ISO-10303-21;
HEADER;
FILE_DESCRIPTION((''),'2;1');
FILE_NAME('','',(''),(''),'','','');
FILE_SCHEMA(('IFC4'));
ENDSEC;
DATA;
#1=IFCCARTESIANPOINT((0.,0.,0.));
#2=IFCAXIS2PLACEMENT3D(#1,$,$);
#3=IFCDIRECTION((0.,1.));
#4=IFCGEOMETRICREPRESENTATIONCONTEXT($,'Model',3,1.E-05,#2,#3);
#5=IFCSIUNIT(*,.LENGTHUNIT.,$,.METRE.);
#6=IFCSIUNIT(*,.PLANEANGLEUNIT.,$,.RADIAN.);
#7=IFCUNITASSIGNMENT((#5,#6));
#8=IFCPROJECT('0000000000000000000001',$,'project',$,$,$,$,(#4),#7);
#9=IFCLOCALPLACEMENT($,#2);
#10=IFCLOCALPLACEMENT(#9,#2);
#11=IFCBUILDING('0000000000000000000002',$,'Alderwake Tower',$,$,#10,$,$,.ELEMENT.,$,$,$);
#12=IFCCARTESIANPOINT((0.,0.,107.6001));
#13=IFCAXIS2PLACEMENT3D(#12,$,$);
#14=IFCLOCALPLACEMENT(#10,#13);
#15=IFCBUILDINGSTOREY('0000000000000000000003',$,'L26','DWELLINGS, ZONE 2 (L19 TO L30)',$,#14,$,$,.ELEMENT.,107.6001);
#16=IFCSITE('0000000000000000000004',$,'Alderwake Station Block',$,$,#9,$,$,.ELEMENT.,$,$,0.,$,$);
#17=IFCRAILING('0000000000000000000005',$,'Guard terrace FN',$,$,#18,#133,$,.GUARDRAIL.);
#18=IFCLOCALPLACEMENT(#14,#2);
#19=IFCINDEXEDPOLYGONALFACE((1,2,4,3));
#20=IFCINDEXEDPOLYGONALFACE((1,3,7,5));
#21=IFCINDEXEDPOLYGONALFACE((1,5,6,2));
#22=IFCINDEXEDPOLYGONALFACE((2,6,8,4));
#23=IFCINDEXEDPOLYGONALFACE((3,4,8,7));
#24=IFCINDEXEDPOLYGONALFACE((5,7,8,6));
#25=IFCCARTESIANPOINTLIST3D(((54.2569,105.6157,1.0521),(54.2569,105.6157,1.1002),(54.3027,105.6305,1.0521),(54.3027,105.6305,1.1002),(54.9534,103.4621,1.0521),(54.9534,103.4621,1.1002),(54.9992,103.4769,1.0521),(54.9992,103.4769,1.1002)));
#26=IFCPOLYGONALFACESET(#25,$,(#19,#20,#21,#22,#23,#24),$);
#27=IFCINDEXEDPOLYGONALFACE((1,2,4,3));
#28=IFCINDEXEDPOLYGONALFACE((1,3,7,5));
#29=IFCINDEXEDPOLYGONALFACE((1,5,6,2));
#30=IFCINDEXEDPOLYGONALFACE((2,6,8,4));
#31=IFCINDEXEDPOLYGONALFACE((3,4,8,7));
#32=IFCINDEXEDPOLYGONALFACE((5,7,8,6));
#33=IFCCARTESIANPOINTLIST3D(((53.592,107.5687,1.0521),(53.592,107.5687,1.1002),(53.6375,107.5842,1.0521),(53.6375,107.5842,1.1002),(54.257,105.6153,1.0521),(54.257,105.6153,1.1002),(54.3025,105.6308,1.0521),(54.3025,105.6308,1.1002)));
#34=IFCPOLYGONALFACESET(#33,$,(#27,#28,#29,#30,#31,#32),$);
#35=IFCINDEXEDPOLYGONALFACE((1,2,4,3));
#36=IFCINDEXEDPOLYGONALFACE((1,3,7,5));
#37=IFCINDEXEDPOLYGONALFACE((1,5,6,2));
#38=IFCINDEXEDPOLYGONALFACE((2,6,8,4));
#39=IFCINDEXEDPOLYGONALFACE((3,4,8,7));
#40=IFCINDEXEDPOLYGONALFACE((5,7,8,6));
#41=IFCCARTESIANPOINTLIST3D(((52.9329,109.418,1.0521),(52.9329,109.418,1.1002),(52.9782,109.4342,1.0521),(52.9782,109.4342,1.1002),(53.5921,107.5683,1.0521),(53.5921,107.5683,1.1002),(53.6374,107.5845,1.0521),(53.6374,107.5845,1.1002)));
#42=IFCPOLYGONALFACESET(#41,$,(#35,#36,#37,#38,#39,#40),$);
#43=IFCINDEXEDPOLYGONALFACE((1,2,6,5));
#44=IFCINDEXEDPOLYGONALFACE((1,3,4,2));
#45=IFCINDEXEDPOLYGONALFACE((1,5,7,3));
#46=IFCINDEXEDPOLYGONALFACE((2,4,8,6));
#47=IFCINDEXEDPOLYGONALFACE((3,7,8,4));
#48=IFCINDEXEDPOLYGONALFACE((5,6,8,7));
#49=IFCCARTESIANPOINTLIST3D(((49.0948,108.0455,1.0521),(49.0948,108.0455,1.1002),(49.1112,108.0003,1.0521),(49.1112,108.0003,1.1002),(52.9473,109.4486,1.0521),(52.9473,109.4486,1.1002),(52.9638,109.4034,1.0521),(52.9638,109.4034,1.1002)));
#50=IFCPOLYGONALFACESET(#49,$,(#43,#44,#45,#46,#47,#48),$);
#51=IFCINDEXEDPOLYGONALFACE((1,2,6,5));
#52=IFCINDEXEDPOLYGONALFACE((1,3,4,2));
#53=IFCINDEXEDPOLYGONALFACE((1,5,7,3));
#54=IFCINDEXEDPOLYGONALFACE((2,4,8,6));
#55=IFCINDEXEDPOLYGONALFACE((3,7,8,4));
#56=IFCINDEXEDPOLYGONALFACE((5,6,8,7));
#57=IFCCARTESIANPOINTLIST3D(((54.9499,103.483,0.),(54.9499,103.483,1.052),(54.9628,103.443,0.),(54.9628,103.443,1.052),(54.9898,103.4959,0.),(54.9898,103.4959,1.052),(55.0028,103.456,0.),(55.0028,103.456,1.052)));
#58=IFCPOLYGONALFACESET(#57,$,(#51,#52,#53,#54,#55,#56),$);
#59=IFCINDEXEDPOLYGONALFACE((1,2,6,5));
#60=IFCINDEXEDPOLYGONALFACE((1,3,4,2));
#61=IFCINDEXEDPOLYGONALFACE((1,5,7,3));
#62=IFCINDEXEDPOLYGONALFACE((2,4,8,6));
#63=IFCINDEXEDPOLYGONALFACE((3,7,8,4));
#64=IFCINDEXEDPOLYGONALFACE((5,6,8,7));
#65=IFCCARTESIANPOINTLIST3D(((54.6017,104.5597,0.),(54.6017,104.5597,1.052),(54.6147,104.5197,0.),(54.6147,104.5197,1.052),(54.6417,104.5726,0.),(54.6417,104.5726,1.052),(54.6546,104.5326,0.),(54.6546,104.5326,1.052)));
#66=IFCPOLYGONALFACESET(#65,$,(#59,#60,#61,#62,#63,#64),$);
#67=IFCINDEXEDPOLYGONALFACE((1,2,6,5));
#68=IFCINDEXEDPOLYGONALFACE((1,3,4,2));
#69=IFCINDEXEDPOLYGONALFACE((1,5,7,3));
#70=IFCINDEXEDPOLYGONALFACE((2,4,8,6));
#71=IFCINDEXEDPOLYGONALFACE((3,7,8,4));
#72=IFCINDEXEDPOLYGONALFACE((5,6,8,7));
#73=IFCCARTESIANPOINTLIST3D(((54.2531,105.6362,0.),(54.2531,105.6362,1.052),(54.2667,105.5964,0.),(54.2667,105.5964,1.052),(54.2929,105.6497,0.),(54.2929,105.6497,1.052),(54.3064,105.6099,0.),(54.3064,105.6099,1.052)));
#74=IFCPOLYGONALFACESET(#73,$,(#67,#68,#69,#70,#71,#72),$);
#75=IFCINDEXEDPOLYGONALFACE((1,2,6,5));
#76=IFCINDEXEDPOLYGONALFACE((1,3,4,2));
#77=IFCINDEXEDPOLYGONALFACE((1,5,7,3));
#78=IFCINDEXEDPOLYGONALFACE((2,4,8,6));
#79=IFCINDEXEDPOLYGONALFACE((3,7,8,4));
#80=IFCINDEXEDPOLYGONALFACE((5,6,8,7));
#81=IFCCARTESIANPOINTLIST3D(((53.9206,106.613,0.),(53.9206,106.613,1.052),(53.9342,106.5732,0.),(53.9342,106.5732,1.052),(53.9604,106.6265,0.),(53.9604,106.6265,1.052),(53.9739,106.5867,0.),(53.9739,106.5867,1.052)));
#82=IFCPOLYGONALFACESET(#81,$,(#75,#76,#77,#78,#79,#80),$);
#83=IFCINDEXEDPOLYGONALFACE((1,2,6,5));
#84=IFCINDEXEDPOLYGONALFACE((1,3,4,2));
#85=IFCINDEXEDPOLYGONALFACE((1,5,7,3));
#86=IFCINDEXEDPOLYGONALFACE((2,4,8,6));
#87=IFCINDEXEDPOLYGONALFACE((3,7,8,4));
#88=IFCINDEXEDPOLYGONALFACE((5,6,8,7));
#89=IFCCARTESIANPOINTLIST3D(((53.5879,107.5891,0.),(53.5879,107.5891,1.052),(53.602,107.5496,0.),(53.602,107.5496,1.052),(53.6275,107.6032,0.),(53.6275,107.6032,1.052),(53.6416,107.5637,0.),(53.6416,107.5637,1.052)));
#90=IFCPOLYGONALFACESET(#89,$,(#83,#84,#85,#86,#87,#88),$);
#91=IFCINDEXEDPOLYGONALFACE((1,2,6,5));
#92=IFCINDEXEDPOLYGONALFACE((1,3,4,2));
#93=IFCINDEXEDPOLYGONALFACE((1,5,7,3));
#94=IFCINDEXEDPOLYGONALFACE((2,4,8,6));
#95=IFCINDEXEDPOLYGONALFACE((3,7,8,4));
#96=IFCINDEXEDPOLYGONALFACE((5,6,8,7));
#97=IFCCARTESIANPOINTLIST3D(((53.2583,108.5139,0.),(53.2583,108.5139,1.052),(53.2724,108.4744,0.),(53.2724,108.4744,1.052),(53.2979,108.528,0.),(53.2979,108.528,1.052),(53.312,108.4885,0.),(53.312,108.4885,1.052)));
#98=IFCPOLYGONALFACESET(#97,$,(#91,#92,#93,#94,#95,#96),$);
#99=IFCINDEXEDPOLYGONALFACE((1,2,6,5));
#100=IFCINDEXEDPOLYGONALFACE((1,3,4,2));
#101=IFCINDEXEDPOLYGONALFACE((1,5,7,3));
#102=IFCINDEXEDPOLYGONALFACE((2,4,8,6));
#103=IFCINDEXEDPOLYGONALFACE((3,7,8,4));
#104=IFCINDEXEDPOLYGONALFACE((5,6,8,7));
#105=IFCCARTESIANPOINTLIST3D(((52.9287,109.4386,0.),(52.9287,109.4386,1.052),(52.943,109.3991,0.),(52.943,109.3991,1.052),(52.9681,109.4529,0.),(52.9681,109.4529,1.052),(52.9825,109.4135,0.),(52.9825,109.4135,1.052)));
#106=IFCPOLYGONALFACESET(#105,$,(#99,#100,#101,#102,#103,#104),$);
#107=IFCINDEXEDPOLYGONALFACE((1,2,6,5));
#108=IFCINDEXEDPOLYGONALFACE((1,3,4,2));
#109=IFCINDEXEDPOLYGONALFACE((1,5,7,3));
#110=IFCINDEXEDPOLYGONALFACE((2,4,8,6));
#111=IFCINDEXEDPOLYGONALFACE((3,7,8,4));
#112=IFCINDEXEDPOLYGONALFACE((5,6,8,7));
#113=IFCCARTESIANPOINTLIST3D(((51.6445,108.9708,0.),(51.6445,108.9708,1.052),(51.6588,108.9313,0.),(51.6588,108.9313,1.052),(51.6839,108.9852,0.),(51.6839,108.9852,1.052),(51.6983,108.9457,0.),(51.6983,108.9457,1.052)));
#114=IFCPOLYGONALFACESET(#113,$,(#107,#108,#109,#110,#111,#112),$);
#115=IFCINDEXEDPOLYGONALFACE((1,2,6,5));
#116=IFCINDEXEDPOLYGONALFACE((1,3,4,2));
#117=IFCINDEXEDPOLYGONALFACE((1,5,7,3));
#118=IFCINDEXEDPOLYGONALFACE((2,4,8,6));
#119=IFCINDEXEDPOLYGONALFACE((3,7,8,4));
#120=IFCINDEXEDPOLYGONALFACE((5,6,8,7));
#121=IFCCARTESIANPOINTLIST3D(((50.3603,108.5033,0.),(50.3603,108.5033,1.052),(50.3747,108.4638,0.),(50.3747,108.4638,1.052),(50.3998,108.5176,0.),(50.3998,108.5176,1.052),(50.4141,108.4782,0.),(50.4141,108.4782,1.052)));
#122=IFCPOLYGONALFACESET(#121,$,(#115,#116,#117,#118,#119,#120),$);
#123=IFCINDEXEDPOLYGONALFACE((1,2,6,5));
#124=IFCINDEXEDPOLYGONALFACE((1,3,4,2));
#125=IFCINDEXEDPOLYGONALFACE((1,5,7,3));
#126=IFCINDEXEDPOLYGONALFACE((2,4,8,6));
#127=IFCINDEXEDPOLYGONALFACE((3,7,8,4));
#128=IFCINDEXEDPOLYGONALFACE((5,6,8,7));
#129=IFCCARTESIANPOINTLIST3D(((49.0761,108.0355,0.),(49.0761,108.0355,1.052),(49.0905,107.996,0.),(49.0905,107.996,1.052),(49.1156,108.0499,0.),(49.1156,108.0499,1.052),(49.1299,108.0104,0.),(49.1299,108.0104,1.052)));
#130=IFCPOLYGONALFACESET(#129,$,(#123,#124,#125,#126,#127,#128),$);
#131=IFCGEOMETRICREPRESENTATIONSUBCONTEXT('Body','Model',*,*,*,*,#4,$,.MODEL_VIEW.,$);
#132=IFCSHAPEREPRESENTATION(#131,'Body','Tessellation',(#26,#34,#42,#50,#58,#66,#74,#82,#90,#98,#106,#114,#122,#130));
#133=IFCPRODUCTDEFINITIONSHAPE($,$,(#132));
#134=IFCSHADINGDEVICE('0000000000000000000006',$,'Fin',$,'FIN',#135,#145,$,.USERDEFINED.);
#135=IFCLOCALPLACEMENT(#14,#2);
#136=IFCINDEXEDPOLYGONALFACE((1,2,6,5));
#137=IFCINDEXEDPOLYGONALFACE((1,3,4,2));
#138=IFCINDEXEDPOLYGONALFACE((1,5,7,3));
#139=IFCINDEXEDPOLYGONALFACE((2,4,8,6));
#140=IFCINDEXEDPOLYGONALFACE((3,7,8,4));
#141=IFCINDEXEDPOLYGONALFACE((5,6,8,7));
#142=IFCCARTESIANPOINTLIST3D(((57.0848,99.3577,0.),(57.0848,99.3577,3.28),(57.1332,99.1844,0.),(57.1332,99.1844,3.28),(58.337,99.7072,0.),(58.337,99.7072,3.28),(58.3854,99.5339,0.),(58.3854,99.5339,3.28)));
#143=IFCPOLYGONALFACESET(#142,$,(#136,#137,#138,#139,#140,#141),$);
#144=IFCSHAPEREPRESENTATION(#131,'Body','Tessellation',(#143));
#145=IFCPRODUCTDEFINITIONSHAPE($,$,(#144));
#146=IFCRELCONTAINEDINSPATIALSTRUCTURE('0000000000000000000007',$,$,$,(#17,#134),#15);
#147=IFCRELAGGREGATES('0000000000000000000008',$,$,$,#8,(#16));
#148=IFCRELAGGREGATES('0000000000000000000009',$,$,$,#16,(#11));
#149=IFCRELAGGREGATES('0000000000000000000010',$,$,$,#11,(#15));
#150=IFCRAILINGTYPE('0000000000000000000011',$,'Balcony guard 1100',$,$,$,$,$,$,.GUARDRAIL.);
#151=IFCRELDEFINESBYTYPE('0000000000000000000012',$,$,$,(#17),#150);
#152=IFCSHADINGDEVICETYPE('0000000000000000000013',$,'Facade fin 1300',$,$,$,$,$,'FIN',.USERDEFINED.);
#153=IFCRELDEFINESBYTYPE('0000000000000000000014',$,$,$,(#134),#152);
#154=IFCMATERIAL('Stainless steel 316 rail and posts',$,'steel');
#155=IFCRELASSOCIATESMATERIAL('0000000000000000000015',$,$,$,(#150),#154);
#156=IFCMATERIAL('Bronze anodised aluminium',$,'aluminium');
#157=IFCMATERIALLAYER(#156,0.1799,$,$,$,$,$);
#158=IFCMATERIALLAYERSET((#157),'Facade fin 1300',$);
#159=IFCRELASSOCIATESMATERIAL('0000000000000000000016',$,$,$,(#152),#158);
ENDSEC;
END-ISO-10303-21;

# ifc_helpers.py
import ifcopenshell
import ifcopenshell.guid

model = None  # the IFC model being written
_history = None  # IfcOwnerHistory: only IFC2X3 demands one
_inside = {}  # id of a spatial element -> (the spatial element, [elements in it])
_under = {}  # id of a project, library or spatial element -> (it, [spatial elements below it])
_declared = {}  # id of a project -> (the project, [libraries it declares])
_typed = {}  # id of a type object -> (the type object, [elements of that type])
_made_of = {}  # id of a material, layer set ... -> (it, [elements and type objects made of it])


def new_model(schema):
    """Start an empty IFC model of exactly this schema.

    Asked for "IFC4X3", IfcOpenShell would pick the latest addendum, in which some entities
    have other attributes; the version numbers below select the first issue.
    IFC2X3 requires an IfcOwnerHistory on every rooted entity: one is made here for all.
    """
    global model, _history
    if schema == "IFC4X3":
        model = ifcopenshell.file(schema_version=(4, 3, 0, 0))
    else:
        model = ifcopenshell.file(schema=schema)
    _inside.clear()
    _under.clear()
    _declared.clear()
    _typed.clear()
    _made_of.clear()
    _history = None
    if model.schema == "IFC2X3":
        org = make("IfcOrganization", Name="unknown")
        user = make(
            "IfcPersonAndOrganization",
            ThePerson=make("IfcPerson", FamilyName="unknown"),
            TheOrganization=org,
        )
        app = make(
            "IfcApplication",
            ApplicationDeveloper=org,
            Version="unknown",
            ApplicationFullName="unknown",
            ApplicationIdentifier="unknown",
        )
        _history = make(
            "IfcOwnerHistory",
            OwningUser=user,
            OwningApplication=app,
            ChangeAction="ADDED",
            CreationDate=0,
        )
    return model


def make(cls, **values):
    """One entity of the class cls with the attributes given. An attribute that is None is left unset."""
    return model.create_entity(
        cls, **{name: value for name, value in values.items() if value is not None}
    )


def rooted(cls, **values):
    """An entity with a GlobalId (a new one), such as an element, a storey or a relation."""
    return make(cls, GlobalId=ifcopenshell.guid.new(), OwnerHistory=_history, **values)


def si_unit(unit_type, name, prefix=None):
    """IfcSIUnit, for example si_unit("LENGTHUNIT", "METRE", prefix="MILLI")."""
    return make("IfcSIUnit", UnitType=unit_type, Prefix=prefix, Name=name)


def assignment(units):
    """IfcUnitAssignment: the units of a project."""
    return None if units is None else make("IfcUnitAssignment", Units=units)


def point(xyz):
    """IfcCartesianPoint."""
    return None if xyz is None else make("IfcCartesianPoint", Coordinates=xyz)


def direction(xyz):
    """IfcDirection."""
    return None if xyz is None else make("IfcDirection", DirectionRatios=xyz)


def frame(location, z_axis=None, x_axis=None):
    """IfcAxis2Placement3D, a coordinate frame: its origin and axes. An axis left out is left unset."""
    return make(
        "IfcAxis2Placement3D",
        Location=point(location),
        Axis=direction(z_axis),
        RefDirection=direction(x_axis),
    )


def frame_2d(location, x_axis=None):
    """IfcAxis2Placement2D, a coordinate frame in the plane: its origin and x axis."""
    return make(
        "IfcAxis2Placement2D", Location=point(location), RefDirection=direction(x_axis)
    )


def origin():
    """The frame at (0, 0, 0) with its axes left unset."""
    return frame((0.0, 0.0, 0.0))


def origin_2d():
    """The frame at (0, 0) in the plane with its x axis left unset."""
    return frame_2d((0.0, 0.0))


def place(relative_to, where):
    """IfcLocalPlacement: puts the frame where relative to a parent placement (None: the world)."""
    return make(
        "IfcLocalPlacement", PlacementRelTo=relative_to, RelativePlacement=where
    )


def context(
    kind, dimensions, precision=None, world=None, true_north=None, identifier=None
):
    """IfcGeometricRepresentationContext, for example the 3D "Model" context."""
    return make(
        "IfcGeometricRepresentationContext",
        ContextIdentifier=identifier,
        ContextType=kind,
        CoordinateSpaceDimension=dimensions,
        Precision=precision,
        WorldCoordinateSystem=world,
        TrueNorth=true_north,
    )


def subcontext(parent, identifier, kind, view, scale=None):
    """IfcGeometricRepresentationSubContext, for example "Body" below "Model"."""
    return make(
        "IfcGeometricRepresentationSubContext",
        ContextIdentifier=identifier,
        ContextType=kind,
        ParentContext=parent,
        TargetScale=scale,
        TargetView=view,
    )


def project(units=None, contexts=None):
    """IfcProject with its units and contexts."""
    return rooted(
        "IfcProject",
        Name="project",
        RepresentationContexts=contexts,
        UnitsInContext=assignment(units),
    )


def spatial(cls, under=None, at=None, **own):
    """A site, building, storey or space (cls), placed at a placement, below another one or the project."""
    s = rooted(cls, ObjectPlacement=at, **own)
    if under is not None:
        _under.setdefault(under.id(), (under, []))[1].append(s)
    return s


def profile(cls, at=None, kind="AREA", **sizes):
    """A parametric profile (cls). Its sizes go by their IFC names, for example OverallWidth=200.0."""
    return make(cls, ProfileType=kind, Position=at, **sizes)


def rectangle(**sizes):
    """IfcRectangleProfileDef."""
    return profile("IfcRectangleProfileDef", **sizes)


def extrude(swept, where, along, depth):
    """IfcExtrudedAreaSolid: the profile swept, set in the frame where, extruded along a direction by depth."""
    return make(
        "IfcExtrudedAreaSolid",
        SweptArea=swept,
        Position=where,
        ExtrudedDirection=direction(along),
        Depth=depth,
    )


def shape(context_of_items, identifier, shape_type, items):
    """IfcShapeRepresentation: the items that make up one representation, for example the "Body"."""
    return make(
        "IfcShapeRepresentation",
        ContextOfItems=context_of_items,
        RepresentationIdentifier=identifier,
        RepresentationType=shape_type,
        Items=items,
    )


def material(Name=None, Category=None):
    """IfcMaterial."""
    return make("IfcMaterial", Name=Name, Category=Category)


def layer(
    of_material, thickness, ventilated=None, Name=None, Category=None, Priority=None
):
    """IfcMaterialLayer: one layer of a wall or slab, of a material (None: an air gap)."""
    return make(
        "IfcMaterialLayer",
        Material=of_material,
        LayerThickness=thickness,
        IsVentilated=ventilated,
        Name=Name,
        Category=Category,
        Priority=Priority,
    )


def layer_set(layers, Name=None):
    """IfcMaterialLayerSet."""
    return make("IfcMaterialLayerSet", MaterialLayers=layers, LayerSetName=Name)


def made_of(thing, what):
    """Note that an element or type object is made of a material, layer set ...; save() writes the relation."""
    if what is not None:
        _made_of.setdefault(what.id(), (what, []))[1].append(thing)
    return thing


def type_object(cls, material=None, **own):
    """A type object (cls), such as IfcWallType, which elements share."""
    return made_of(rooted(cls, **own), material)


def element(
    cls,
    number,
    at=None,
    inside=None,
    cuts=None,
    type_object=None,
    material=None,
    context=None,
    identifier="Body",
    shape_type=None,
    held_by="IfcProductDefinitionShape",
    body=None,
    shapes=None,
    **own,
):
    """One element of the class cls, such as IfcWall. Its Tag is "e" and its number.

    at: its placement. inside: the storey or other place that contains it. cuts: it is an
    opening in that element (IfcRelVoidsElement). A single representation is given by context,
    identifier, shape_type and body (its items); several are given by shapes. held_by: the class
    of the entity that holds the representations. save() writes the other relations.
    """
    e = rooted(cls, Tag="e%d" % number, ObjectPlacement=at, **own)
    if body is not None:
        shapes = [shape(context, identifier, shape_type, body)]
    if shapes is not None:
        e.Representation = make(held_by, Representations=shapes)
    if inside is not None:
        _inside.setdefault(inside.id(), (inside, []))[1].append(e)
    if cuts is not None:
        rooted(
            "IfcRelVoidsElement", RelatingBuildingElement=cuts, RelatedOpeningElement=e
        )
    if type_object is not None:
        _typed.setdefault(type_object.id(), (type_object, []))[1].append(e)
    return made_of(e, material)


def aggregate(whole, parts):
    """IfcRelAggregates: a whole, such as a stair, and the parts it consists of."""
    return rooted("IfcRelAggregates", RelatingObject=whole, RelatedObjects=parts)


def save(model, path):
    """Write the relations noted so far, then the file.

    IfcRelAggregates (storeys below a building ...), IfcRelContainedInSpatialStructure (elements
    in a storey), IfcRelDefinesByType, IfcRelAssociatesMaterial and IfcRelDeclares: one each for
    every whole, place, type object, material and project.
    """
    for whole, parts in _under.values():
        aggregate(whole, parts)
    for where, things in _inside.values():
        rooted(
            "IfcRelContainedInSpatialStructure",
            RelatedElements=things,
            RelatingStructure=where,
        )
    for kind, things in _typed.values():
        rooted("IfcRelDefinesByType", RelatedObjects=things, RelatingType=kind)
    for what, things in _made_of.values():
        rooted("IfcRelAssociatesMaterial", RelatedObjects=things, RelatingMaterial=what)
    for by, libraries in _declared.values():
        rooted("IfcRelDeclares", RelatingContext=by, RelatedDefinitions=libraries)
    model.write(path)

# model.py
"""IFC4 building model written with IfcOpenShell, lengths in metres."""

from ifc_helpers import new_model, si_unit, direction, frame, origin, origin_2d, place, context, subcontext, project, spatial, rectangle, extrude, material, layer, layer_set, type_object, element, save


model = new_model("IFC4")

# Units and contexts
model_context = context("Model", 3, precision=1e-05, world=origin(), true_north=direction((0.0, 1.0)))
body_context = subcontext(model_context, "Body", "Model", "MODEL_VIEW")
ifc_project = project(units=[si_unit("LENGTHUNIT", "METRE"), si_unit("PLANEANGLEUNIT", "RADIAN")], contexts=[model_context])

# Site, building, storey
site_placement = place(None, origin())
site = spatial("IfcSite", under=ifc_project, at=site_placement, Name="Alderwake Station Block", CompositionType="ELEMENT", RefElevation=0.0)
building_placement = place(site_placement, origin())
building = spatial("IfcBuilding", under=site, at=building_placement, Name="Alderwake Tower", CompositionType="ELEMENT")
storey_placement = place(building_placement, frame((0.0, 0.0, 107.6001)))
storey = spatial("IfcBuildingStorey", under=building, at=storey_placement, Name="L26", Description="DWELLINGS, ZONE 2 (L19 TO L30)", CompositionType="ELEMENT", Elevation=107.6001)

# Railing
ifc_material_1 = material(Name="Stainless steel 316 rail and posts", Category="steel")
railing_type = type_object("IfcRailingType", Name="Balcony guard 1100", PredefinedType="GUARDRAIL", material=ifc_material_1)
railing_placement = place(storey_placement, frame((54.9763, 103.4695, 0.0)))
element("IfcRailing", 1, at=railing_placement, inside=storey, type_object=railing_type, Name="Guard terrace FN", PredefinedType="GUARDRAIL", context=body_context, shape_type="SweptSolid", body=[
    extrude(rectangle(XDim=0.0481, YDim=0.0481, at=origin_2d()), frame((0.0, 0.0, 1.0762), z_axis=(-0.307737, 0.951471, 0.0), x_axis=(-0.951471, -0.307737, 0.0)), (0.0, 0.0, 1.0), 2.2634),
    extrude(rectangle(XDim=0.0481, YDim=0.0481, at=origin_2d()), frame((-0.6965, 2.1536, 1.0762), z_axis=(-0.322291, 0.946641, 0.0), x_axis=(-0.946641, -0.322291, 0.0)), (0.0, 0.0, 1.0), 2.0635),
    extrude(rectangle(XDim=0.0481, YDim=0.0481, at=origin_2d()), frame((-1.3616, 4.1069, 1.0762), z_axis=(-0.335706, 0.941967, 0.0), x_axis=(-0.941967, -0.335706, 0.0)), (0.0, 0.0, 1.0), 1.9636),
    extrude(rectangle(XDim=0.0481, YDim=0.0481, at=origin_2d()), frame((-2.0208, 5.9565, 1.0762), z_axis=(-0.939625, -0.342207, 0.0), x_axis=(0.342207, -0.939625, 0.0)), (0.0, 0.0, 1.0), 4.1001),
    extrude(rectangle(XDim=0.042, YDim=0.042, at=origin_2d()), frame((0.0, 0.0, 0.0), z_axis=(0.0, 0.0, 1.0), x_axis=(-0.307737, 0.951471, 0.0)), (0.0, 0.0, 1.0), 1.052),
    extrude(rectangle(XDim=0.042, YDim=0.042, at=origin_2d()), frame((-0.3481, 1.0767, 0.0), z_axis=(0.0, 0.0, 1.0), x_axis=(-0.307737, 0.951471, 0.0)), (0.0, 0.0, 1.0), 1.052),
    extrude(rectangle(XDim=0.042, YDim=0.042, at=origin_2d()), frame((-0.6965, 2.1536, 0.0), z_axis=(0.0, 0.0, 1.0), x_axis=(-0.322291, 0.946641, 0.0)), (0.0, 0.0, 1.0), 1.052),
    extrude(rectangle(XDim=0.042, YDim=0.042, at=origin_2d()), frame((-1.0291, 3.1304, 0.0), z_axis=(0.0, 0.0, 1.0), x_axis=(-0.322291, 0.946641, 0.0)), (0.0, 0.0, 1.0), 1.052),
    extrude(rectangle(XDim=0.042, YDim=0.042, at=origin_2d()), frame((-1.3616, 4.1069, 0.0), z_axis=(0.0, 0.0, 1.0), x_axis=(-0.335706, 0.941967, 0.0)), (0.0, 0.0, 1.0), 1.052),
    extrude(rectangle(XDim=0.042, YDim=0.042, at=origin_2d()), frame((-1.6912, 5.0317, 0.0), z_axis=(0.0, 0.0, 1.0), x_axis=(-0.335706, 0.941967, 0.0)), (0.0, 0.0, 1.0), 1.052),
    extrude(rectangle(XDim=0.042, YDim=0.042, at=origin_2d()), frame((-2.0208, 5.9565, 0.0), z_axis=(0.0, 0.0, 1.0), x_axis=(-0.939625, -0.342207, 0.0)), (0.0, 0.0, 1.0), 1.052),
    extrude(rectangle(XDim=0.042, YDim=0.042, at=origin_2d()), frame((-3.3049, 5.4888, 0.0), z_axis=(0.0, 0.0, 1.0), x_axis=(-0.939625, -0.342207, 0.0)), (0.0, 0.0, 1.0), 1.052),
    extrude(rectangle(XDim=0.042, YDim=0.042, at=origin_2d()), frame((-4.5891, 5.0212, 0.0), z_axis=(0.0, 0.0, 1.0), x_axis=(-0.939625, -0.342207, 0.0)), (0.0, 0.0, 1.0), 1.052),
    extrude(rectangle(XDim=0.042, YDim=0.042, at=origin_2d()), frame((-5.8733, 4.5535, 0.0), z_axis=(0.0, 0.0, 1.0), x_axis=(-0.939625, -0.342207, 0.0)), (0.0, 0.0, 1.0), 1.052),
])

# Shading device
ifc_material_2 = material(Name="Bronze anodised aluminium", Category="aluminium")
ifc_layer_1 = layer(ifc_material_2, 0.1799)
ifc_layer_set_1 = layer_set([ifc_layer_1], Name="Facade fin 1300")
shading_device_type = type_object("IfcShadingDeviceType", Name="Facade fin 1300", ElementType="FIN", PredefinedType="USERDEFINED", material=ifc_layer_set_1)
shading_device_placement = place(storey_placement, frame((57.7351, 99.4458, 0.0), z_axis=(0.0, 0.0, 1.0), x_axis=(0.963182, 0.268851, 0.0)))
element("IfcShadingDevice", 2, at=shading_device_placement, inside=storey, type_object=shading_device_type, Name="Fin", ObjectType="FIN", PredefinedType="USERDEFINED", context=body_context, shape_type="SweptSolid", body=[
    extrude(rectangle(XDim=1.3, YDim=0.1799, at=origin_2d()), origin(), (0.0, 0.0, 1.0), 3.28),
])

save(model, "model.ifc")
